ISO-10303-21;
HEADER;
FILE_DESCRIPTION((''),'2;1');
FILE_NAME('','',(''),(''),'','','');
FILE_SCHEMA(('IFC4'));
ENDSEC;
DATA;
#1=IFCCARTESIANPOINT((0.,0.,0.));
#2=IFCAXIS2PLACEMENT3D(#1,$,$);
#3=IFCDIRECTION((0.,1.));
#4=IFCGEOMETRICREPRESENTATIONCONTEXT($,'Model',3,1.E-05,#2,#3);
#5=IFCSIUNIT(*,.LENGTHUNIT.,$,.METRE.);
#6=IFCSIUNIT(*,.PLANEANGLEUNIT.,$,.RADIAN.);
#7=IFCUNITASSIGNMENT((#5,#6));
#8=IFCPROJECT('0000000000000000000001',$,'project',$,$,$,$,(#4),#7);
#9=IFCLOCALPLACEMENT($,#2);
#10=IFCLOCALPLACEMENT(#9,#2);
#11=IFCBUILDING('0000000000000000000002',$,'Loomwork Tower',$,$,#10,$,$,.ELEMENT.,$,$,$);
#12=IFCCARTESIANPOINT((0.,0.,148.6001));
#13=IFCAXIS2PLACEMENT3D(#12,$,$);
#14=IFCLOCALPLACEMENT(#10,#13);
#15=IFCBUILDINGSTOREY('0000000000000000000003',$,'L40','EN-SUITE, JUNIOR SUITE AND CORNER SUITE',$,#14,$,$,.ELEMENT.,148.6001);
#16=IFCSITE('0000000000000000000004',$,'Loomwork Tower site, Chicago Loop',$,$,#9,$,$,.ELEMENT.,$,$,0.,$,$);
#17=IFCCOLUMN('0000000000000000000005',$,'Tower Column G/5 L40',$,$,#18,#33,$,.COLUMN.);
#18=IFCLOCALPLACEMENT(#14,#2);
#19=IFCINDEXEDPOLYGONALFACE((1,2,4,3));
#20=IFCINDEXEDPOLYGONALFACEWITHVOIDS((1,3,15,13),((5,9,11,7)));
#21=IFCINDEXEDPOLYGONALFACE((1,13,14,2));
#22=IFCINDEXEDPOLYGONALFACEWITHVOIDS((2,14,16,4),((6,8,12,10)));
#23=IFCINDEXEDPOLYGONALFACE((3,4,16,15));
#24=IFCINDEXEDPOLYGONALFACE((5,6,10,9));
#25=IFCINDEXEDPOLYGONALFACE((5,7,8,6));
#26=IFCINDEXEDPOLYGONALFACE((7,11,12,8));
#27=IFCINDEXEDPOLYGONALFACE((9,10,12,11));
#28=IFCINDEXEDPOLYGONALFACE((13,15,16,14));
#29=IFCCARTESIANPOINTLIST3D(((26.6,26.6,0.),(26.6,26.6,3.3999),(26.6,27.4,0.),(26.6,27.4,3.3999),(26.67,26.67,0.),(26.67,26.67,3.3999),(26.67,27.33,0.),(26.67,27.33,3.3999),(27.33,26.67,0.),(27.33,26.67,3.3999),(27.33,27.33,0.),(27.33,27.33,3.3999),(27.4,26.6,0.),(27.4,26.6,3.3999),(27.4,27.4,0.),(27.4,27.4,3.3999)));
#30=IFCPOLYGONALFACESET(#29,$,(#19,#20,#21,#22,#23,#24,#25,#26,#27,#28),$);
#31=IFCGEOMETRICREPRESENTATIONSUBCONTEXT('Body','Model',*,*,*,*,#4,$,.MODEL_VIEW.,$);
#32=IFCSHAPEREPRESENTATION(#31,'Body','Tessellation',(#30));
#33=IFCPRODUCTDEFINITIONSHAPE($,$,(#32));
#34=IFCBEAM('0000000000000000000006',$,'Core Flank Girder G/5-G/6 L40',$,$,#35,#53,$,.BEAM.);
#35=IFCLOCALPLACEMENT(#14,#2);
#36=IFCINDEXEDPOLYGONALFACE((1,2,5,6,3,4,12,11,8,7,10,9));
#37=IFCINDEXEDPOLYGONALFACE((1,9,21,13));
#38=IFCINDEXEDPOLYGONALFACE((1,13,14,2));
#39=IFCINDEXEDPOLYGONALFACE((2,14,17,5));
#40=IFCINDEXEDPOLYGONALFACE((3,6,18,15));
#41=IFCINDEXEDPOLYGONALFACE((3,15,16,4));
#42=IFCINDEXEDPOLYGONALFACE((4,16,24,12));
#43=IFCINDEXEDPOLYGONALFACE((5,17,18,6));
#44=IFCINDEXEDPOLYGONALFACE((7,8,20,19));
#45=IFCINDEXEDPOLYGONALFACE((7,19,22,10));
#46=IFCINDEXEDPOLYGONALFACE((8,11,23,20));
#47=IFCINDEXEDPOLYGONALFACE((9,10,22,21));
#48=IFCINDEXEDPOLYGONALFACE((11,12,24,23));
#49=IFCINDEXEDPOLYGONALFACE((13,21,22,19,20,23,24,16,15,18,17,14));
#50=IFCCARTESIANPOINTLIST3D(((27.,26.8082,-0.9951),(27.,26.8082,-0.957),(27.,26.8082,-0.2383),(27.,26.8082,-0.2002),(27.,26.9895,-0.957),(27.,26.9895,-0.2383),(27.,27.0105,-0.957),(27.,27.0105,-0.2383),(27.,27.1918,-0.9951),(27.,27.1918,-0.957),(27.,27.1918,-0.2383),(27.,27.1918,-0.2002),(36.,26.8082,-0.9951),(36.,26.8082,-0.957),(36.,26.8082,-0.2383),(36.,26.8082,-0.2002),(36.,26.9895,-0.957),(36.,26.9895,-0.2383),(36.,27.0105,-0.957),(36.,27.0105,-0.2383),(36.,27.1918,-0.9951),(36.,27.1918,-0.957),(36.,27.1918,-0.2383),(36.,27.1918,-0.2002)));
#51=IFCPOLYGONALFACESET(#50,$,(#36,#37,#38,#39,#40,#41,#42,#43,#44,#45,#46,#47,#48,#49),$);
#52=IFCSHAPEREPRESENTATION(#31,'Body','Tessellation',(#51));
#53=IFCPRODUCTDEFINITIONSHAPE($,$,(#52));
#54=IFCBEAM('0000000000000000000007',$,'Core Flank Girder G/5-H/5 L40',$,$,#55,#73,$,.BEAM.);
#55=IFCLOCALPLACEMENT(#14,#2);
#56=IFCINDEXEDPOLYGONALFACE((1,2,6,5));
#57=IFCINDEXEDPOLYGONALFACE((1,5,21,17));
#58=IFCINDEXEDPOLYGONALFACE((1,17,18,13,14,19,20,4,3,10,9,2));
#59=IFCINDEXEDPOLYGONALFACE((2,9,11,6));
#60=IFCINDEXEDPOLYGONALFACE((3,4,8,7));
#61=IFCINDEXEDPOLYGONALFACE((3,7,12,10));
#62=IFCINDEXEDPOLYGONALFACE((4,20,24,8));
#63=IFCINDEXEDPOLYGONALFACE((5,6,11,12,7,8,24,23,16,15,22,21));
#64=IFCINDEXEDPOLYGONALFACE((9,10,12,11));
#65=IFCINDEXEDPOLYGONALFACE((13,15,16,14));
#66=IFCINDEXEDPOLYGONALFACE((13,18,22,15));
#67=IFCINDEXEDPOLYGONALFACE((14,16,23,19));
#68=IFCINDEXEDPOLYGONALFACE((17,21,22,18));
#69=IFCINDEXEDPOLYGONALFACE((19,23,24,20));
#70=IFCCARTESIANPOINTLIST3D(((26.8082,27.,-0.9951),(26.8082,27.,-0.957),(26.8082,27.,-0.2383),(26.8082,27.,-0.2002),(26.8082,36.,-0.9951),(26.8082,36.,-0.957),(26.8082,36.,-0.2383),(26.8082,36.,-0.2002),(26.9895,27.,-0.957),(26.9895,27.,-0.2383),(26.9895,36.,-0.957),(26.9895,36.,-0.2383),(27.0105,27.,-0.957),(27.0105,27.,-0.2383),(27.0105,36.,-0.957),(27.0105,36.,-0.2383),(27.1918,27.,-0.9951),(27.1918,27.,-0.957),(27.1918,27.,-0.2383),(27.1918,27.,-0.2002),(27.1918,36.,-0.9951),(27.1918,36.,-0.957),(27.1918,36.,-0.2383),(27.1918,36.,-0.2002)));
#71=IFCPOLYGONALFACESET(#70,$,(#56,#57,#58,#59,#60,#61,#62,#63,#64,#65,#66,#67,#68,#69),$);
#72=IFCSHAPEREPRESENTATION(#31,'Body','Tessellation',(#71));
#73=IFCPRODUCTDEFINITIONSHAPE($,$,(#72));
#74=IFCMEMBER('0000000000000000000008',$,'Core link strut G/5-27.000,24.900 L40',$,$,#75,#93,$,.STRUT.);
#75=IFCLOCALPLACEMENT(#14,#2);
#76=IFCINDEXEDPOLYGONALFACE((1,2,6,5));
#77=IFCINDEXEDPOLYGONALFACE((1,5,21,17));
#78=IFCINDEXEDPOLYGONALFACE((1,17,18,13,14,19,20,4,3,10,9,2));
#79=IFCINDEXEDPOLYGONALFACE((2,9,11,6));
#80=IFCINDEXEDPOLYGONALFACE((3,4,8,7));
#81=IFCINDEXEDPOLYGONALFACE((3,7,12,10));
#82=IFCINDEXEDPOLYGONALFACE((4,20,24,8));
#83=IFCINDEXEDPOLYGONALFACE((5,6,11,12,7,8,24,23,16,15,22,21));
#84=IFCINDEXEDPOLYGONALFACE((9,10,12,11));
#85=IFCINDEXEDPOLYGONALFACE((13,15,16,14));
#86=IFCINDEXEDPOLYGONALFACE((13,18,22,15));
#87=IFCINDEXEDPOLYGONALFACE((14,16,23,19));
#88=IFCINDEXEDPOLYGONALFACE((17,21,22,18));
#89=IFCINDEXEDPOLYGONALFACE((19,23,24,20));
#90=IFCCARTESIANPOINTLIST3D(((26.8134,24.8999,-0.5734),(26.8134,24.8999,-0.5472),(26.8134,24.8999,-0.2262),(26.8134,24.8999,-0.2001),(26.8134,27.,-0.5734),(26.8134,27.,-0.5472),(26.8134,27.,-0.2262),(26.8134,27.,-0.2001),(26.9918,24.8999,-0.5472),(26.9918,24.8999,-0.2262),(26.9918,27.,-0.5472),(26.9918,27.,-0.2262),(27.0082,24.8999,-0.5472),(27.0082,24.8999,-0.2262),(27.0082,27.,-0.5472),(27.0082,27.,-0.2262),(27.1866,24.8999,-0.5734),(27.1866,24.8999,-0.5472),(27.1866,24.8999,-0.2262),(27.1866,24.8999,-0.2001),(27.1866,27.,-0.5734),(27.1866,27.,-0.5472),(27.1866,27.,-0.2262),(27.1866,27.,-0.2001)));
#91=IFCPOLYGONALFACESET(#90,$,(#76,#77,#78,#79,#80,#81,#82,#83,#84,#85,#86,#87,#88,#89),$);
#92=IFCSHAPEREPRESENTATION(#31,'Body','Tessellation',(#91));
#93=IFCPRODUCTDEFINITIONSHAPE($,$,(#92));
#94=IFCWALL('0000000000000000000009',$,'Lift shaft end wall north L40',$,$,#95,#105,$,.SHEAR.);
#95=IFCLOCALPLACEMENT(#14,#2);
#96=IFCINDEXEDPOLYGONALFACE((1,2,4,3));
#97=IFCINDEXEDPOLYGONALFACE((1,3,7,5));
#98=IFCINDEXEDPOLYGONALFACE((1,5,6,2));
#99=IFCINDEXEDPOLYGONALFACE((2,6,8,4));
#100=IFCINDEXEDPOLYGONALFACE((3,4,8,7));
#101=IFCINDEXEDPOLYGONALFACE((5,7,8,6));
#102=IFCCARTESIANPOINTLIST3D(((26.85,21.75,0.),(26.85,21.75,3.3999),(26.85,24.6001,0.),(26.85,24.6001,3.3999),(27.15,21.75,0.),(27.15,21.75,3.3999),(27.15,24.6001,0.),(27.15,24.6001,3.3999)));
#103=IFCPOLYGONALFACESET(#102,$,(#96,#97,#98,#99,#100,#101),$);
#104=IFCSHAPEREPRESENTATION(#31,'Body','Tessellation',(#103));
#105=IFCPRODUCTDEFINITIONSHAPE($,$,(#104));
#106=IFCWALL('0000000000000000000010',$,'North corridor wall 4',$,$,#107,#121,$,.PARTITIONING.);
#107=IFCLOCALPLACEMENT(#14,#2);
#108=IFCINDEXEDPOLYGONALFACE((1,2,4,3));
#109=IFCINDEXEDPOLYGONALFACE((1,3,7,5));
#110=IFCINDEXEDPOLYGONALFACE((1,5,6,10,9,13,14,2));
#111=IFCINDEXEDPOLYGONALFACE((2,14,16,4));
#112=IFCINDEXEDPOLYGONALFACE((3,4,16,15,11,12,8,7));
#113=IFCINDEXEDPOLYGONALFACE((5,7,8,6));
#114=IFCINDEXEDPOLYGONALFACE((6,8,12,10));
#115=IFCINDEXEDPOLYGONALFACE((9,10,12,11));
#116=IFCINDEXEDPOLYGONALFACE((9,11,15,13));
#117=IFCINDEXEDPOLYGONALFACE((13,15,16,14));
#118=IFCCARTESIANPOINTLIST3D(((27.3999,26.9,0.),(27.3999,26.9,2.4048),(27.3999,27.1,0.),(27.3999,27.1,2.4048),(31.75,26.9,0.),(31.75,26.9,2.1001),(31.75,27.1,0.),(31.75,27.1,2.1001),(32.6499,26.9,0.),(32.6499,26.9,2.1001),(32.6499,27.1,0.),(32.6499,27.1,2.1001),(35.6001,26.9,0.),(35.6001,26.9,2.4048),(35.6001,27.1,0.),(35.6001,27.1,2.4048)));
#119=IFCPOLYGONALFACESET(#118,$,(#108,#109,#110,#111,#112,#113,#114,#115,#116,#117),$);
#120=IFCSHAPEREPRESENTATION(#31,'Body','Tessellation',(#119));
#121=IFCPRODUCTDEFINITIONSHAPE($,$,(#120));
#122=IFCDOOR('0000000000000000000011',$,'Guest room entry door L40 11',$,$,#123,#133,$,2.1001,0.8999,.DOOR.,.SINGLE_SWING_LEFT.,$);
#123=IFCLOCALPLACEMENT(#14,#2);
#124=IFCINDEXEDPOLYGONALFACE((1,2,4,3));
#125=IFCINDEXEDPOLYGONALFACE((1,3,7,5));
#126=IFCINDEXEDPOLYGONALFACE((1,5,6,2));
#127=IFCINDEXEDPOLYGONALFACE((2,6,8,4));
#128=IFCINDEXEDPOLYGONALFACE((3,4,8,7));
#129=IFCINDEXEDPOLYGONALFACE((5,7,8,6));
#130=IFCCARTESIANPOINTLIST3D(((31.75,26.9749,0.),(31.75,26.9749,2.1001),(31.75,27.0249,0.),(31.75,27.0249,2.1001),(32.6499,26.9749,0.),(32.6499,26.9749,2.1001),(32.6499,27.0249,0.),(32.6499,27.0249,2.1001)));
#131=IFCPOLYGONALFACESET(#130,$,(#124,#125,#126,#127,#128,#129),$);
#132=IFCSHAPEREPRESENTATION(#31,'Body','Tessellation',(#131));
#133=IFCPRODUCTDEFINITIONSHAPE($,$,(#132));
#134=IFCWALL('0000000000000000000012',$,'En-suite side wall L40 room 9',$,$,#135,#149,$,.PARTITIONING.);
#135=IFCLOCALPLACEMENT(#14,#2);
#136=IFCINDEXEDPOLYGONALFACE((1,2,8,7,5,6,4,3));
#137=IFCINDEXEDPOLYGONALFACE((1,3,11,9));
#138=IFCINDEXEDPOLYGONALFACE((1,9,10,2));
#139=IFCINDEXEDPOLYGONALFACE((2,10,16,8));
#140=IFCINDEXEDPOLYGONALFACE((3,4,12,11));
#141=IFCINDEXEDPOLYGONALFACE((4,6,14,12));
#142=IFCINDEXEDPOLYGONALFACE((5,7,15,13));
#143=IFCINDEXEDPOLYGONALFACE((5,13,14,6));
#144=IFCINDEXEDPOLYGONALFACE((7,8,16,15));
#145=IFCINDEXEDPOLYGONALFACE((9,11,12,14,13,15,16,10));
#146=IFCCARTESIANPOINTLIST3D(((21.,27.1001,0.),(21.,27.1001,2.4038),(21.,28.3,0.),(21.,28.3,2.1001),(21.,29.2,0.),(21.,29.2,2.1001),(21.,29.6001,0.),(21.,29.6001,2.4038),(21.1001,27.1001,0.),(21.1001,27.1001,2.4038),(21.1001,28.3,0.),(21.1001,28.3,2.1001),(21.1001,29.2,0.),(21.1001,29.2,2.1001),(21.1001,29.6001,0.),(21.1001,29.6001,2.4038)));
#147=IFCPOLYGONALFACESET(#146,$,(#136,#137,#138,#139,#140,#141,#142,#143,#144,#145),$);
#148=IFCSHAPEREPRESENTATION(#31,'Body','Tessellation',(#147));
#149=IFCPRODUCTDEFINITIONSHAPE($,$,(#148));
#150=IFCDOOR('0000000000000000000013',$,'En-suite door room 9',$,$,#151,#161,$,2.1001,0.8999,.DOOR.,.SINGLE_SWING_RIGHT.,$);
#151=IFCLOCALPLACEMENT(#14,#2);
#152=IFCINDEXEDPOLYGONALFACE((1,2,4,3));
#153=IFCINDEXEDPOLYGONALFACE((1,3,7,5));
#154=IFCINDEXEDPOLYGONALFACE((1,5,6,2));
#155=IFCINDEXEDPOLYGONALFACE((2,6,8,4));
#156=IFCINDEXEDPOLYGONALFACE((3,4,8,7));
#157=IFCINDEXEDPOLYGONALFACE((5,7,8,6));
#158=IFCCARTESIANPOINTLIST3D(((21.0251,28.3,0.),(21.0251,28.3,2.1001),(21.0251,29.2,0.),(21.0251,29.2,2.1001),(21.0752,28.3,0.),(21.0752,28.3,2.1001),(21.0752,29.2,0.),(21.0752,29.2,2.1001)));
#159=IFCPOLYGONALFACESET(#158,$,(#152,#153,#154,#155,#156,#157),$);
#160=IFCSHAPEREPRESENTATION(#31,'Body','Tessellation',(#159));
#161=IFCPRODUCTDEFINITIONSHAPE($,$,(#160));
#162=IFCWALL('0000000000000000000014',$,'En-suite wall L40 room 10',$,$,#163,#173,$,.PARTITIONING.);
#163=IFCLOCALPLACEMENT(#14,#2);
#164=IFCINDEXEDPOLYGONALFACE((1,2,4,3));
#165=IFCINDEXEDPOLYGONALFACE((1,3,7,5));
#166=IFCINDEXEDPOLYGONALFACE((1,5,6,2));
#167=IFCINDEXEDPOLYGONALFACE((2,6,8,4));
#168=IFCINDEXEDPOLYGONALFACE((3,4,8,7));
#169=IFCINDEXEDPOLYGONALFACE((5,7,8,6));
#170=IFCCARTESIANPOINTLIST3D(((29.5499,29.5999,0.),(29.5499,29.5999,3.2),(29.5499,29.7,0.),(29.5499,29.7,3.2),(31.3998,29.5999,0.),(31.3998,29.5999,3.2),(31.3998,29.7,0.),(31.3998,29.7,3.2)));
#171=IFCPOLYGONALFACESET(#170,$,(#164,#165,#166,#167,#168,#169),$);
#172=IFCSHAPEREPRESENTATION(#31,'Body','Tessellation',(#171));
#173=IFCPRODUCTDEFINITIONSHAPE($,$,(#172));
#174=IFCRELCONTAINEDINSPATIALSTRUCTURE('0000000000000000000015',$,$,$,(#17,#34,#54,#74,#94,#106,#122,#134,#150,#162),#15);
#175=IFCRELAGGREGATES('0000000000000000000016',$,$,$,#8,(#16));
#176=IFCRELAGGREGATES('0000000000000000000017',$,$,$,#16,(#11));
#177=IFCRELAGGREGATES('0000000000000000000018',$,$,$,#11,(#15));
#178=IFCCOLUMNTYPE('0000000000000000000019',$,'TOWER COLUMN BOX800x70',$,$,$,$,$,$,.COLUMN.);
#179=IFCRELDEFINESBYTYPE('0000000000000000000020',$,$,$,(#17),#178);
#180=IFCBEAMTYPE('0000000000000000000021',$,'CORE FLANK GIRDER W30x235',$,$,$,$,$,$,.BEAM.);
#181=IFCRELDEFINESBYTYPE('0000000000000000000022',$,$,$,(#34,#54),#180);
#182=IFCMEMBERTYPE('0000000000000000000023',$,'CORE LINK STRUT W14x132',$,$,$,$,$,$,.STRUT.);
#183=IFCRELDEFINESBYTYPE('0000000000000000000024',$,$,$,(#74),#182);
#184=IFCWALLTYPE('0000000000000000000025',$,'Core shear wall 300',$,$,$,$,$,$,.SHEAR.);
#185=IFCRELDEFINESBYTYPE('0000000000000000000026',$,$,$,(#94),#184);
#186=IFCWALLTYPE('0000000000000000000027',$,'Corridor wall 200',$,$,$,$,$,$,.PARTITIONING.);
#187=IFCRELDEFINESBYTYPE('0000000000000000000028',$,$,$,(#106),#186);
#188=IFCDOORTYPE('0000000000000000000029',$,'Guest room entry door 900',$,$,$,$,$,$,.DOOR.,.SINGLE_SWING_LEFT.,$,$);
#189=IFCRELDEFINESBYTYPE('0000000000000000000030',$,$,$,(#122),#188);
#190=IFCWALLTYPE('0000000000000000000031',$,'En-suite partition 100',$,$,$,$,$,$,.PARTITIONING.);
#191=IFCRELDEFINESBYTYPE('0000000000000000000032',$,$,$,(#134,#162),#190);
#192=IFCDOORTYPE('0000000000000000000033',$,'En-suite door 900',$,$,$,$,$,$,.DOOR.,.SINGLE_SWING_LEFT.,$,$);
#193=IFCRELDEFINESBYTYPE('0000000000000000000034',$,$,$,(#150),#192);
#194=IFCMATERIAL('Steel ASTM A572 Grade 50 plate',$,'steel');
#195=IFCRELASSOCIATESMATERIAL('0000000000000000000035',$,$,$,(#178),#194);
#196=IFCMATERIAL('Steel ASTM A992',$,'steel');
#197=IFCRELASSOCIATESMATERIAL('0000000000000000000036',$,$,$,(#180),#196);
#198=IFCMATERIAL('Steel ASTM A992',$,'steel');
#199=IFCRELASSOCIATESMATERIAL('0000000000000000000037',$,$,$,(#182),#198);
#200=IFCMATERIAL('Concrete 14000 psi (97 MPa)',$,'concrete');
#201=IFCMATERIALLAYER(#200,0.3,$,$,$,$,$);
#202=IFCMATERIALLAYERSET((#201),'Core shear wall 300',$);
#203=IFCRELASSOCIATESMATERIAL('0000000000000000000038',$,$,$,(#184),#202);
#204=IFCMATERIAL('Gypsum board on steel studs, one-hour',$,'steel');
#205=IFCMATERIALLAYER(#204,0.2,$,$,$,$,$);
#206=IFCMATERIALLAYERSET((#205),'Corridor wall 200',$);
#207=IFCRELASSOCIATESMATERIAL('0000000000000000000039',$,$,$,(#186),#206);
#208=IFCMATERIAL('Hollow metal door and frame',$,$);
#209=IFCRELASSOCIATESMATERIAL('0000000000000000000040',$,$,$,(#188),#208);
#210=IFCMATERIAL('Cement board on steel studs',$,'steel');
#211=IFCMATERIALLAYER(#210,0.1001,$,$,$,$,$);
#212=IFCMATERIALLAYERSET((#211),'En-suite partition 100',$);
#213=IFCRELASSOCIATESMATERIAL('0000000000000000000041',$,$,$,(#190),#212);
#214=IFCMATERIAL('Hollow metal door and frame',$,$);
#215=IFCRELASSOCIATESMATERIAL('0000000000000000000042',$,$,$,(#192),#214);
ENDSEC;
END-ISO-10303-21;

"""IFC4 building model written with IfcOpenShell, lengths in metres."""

from ifc_helpers import new_model, si_unit, direction, frame, frame_2d, origin, origin_2d, place, context, subcontext, project, spatial, rectangle, hollow_rectangle, i_section, extrude, material, layer, layer_set, material_profile, profile_set, type_object, element, fill, save


model = new_model("IFC4")

# Units and contexts
model_context = context("Model", 3, precision=1e-05, world=origin(), true_north=direction((0.0, 1.0)))
body_context = subcontext(model_context, "Body", "Model", "MODEL_VIEW")
ifc_project = project(units=[si_unit("LENGTHUNIT", "METRE"), si_unit("PLANEANGLEUNIT", "RADIAN")], contexts=[model_context])

# Site, building, storey
site_placement = place(None, origin())
site = spatial("IfcSite", under=ifc_project, at=site_placement, Name="Loomwork Tower site, Chicago Loop", CompositionType="ELEMENT", RefElevation=0.0)
building_placement = place(site_placement, origin())
building = spatial("IfcBuilding", under=site, at=building_placement, Name="Loomwork Tower", CompositionType="ELEMENT")
storey_placement = place(building_placement, frame((0.0, 0.0, 148.6001)))
storey = spatial("IfcBuildingStorey", under=building, at=storey_placement, Name="L40", Description="EN-SUITE, JUNIOR SUITE AND CORNER SUITE", CompositionType="ELEMENT", Elevation=148.6001)

# Column
ifc_material_1 = material(Name="Steel ASTM A572 Grade 50 plate", Category="steel")
ifc_material_profile_1 = material_profile(ifc_material_1, hollow_rectangle(XDim=0.8, YDim=0.8, WallThickness=0.0701, at=origin_2d()), Name="BOX800x70")
ifc_profile_set_1 = profile_set([ifc_material_profile_1], Name="Steel ASTM A572 Grade 50 plate")
column_type = type_object("IfcColumnType", Name="TOWER COLUMN BOX800x70", PredefinedType="COLUMN", material=ifc_profile_set_1)
column_placement = place(storey_placement, frame((27.0, 27.0, 0.0), z_axis=(0.0, 0.0, 1.0), x_axis=(1.0, 0.0, 0.0)))
element("IfcColumn", 1, at=column_placement, inside=storey, type_object=column_type, Name="Tower Column G/5 L40", PredefinedType="COLUMN", context=body_context, shape_type="SweptSolid", body=[
    extrude(hollow_rectangle(XDim=0.8, YDim=0.8, WallThickness=0.0701, at=origin_2d()), origin(), (0.0, 0.0, 1.0), 3.3999),
])

# Beams
ifc_material_2 = material(Name="Steel ASTM A992", Category="steel")
ifc_material_profile_2 = material_profile(ifc_material_2, i_section(OverallWidth=0.3835, OverallDepth=0.7949, WebThickness=0.021, FlangeThickness=0.0381, at=origin_2d()), Name="W30x235")
ifc_profile_set_2 = profile_set([ifc_material_profile_2], Name="Steel ASTM A992")
beam_type = type_object("IfcBeamType", Name="CORE FLANK GIRDER W30x235", PredefinedType="BEAM", material=ifc_profile_set_2)
for number, where, z_axis, x_axis, name in (
    (2, (27.0, 27.0, -0.5977), (1.0, 0.0, 0.0), (0.0, 1.0, 0.0), "Core Flank Girder G/5-G/6 L40"),
    (3, (27.0, 27.0, -0.5977), (0.0, 1.0, 0.0), (-1.0, 0.0, 0.0), "Core Flank Girder G/5-H/5 L40"),
):
    element("IfcBeam", number, at=place(storey_placement, frame(where, z_axis=z_axis, x_axis=x_axis)), inside=storey, type_object=beam_type, Name=name, PredefinedType="BEAM", context=body_context, shape_type="SweptSolid", body=[
        extrude(i_section(OverallWidth=0.3835, OverallDepth=0.7949, WebThickness=0.021, FlangeThickness=0.0381, at=origin_2d()), origin(), (0.0, 0.0, 1.0), 9.0),
    ])

# Member
ifc_material_3 = material(Name="Steel ASTM A992", Category="steel")
ifc_material_profile_3 = material_profile(ifc_material_3, i_section(OverallWidth=0.3733, OverallDepth=0.3733, WebThickness=0.0164, FlangeThickness=0.0261, at=origin_2d()), Name="W14x132")
ifc_profile_set_3 = profile_set([ifc_material_profile_3], Name="Steel ASTM A992")
member_type = type_object("IfcMemberType", Name="CORE LINK STRUT W14x132", PredefinedType="STRUT", material=ifc_profile_set_3)
member_placement = place(storey_placement, frame((27.0, 27.0, -0.3867), z_axis=(0.0, -1.0, 0.0), x_axis=(1.0, 0.0, 0.0)))
element("IfcMember", 4, at=member_placement, inside=storey, type_object=member_type, Name="Core link strut G/5-27.000,24.900 L40", PredefinedType="STRUT", context=body_context, shape_type="SweptSolid", body=[
    extrude(i_section(OverallWidth=0.3733, OverallDepth=0.3733, WebThickness=0.0164, FlangeThickness=0.0261, at=origin_2d()), origin(), (0.0, 0.0, 1.0), 2.1001),
])

# Wall
ifc_material_4 = material(Name="Concrete 14000 psi (97 MPa)", Category="concrete")
ifc_layer_1 = layer(ifc_material_4, 0.3)
ifc_layer_set_1 = layer_set([ifc_layer_1], Name="Core shear wall 300")
wall_type_1 = type_object("IfcWallType", Name="Core shear wall 300", PredefinedType="SHEAR", material=ifc_layer_set_1)
wall_1_placement = place(storey_placement, frame((27.0, 21.75, 0.0), z_axis=(0.0, 0.0, 1.0), x_axis=(0.0, 1.0, 0.0)))
element("IfcWall", 5, at=wall_1_placement, inside=storey, type_object=wall_type_1, Name="Lift shaft end wall north L40", PredefinedType="SHEAR", context=body_context, shape_type="SweptSolid", body=[
    extrude(rectangle(XDim=2.8501, YDim=0.3, at=frame_2d((1.425, 0.0))), origin(), (0.0, 0.0, 1.0), 3.3999),
])

# Walls, openings, doors
ifc_material_5 = material(Name="Gypsum board on steel studs, one-hour", Category="steel")
ifc_layer_2 = layer(ifc_material_5, 0.2)
ifc_layer_set_2 = layer_set([ifc_layer_2], Name="Corridor wall 200")
wall_type_2 = type_object("IfcWallType", Name="Corridor wall 200", PredefinedType="PARTITIONING", material=ifc_layer_set_2)
wall_2_placement = place(storey_placement, frame((27.3999, 27.0, 0.0), z_axis=(0.0, 0.0, 1.0), x_axis=(1.0, 0.0, 0.0)))
wall_2 = element("IfcWall", 6, at=wall_2_placement, inside=storey, type_object=wall_type_2, Name="North corridor wall 4", PredefinedType="PARTITIONING", context=body_context, shape_type="SweptSolid", body=[
    extrude(rectangle(XDim=8.2002, YDim=0.2, at=frame_2d((4.1001, 0.0))), origin(), (0.0, 0.0, 1.0), 2.4048),
])
opening_1_placement = place(wall_2_placement, frame((4.3501, 0.0, 0.0)))
opening_1 = element("IfcOpeningElement", 7, at=opening_1_placement, cuts=wall_2, PredefinedType="OPENING", context=body_context, shape_type="SweptSolid", body=[
    extrude(rectangle(XDim=0.8999, YDim=2.1001, at=frame_2d((0.45, 1.05))), frame((0.0, 0.1099, 0.0), z_axis=(0.0, -1.0, 0.0), x_axis=(1.0, 0.0, 0.0)), (0.0, 0.0, 1.0), 0.22),
])
ifc_material_6 = material(Name="Hollow metal door and frame")
door_type_1 = type_object("IfcDoorType", Name="Guest room entry door 900", OperationType="SINGLE_SWING_LEFT", PredefinedType="DOOR", material=ifc_material_6)
door_1_placement = place(opening_1_placement, origin())
door_1 = element("IfcDoor", 8, at=door_1_placement, inside=storey, type_object=door_type_1, Name="Guest room entry door L40 11", OperationType="SINGLE_SWING_LEFT", OverallHeight=2.1001, OverallWidth=0.8999, PredefinedType="DOOR", context=body_context, shape_type="SweptSolid", body=[
    extrude(rectangle(XDim=0.8999, YDim=2.1001, at=frame_2d((0.45, 1.05))), frame((0.0, 0.0249, 0.0), z_axis=(0.0, -1.0, 0.0), x_axis=(1.0, 0.0, 0.0)), (0.0, 0.0, 1.0), 0.05),
])
fill(opening_1, door_1)
ifc_material_7 = material(Name="Cement board on steel studs", Category="steel")
ifc_layer_3 = layer(ifc_material_7, 0.1001)
ifc_layer_set_3 = layer_set([ifc_layer_3], Name="En-suite partition 100")
wall_type_3 = type_object("IfcWallType", Name="En-suite partition 100", PredefinedType="PARTITIONING", material=ifc_layer_set_3)
wall_3_placement = place(storey_placement, frame((21.05, 27.1001, 0.0), z_axis=(0.0, 0.0, 1.0), x_axis=(0.0, 1.0, 0.0)))
wall_3 = element("IfcWall", 9, at=wall_3_placement, inside=storey, type_object=wall_type_3, Name="En-suite side wall L40 room 9", PredefinedType="PARTITIONING", context=body_context, shape_type="SweptSolid", body=[
    extrude(rectangle(XDim=2.5, YDim=0.1001, at=frame_2d((1.25, 0.0))), origin(), (0.0, 0.0, 1.0), 2.4038),
])
opening_2_placement = place(wall_3_placement, frame((1.2, 0.0, 0.0)))
opening_2 = element("IfcOpeningElement", 10, at=opening_2_placement, cuts=wall_3, PredefinedType="OPENING", context=body_context, shape_type="SweptSolid", body=[
    extrude(rectangle(XDim=0.8999, YDim=2.1001, at=frame_2d((0.45, 1.05))), frame((0.0, 0.0601, 0.0), z_axis=(0.0, -1.0, 0.0), x_axis=(1.0, 0.0, 0.0)), (0.0, 0.0, 1.0), 0.1201),
])
ifc_material_8 = material(Name="Hollow metal door and frame")
door_type_2 = type_object("IfcDoorType", Name="En-suite door 900", OperationType="SINGLE_SWING_LEFT", PredefinedType="DOOR", material=ifc_material_8)
door_2_placement = place(opening_2_placement, origin())
door_2 = element("IfcDoor", 11, at=door_2_placement, inside=storey, type_object=door_type_2, Name="En-suite door room 9", OperationType="SINGLE_SWING_RIGHT", OverallHeight=2.1001, OverallWidth=0.8999, PredefinedType="DOOR", context=body_context, shape_type="SweptSolid", body=[
    extrude(rectangle(XDim=0.8999, YDim=2.1001, at=frame_2d((0.45, 1.05))), frame((0.0, 0.0249, 0.0), z_axis=(0.0, -1.0, 0.0), x_axis=(1.0, 0.0, 0.0)), (0.0, 0.0, 1.0), 0.05),
])
fill(opening_2, door_2)

# Wall
wall_4_placement = place(storey_placement, frame((29.55, 29.6499, 0.0), z_axis=(0.0, 0.0, 1.0), x_axis=(1.0, 0.0, 0.0)))
element("IfcWall", 12, at=wall_4_placement, inside=storey, type_object=wall_type_3, Name="En-suite wall L40 room 10", PredefinedType="PARTITIONING", context=body_context, shape_type="SweptSolid", body=[
    extrude(rectangle(XDim=1.8499, YDim=0.1001, at=frame_2d((0.9248, 0.0))), origin(), (0.0, 0.0, 1.0), 3.2),
])

save(model, "model.ifc")
